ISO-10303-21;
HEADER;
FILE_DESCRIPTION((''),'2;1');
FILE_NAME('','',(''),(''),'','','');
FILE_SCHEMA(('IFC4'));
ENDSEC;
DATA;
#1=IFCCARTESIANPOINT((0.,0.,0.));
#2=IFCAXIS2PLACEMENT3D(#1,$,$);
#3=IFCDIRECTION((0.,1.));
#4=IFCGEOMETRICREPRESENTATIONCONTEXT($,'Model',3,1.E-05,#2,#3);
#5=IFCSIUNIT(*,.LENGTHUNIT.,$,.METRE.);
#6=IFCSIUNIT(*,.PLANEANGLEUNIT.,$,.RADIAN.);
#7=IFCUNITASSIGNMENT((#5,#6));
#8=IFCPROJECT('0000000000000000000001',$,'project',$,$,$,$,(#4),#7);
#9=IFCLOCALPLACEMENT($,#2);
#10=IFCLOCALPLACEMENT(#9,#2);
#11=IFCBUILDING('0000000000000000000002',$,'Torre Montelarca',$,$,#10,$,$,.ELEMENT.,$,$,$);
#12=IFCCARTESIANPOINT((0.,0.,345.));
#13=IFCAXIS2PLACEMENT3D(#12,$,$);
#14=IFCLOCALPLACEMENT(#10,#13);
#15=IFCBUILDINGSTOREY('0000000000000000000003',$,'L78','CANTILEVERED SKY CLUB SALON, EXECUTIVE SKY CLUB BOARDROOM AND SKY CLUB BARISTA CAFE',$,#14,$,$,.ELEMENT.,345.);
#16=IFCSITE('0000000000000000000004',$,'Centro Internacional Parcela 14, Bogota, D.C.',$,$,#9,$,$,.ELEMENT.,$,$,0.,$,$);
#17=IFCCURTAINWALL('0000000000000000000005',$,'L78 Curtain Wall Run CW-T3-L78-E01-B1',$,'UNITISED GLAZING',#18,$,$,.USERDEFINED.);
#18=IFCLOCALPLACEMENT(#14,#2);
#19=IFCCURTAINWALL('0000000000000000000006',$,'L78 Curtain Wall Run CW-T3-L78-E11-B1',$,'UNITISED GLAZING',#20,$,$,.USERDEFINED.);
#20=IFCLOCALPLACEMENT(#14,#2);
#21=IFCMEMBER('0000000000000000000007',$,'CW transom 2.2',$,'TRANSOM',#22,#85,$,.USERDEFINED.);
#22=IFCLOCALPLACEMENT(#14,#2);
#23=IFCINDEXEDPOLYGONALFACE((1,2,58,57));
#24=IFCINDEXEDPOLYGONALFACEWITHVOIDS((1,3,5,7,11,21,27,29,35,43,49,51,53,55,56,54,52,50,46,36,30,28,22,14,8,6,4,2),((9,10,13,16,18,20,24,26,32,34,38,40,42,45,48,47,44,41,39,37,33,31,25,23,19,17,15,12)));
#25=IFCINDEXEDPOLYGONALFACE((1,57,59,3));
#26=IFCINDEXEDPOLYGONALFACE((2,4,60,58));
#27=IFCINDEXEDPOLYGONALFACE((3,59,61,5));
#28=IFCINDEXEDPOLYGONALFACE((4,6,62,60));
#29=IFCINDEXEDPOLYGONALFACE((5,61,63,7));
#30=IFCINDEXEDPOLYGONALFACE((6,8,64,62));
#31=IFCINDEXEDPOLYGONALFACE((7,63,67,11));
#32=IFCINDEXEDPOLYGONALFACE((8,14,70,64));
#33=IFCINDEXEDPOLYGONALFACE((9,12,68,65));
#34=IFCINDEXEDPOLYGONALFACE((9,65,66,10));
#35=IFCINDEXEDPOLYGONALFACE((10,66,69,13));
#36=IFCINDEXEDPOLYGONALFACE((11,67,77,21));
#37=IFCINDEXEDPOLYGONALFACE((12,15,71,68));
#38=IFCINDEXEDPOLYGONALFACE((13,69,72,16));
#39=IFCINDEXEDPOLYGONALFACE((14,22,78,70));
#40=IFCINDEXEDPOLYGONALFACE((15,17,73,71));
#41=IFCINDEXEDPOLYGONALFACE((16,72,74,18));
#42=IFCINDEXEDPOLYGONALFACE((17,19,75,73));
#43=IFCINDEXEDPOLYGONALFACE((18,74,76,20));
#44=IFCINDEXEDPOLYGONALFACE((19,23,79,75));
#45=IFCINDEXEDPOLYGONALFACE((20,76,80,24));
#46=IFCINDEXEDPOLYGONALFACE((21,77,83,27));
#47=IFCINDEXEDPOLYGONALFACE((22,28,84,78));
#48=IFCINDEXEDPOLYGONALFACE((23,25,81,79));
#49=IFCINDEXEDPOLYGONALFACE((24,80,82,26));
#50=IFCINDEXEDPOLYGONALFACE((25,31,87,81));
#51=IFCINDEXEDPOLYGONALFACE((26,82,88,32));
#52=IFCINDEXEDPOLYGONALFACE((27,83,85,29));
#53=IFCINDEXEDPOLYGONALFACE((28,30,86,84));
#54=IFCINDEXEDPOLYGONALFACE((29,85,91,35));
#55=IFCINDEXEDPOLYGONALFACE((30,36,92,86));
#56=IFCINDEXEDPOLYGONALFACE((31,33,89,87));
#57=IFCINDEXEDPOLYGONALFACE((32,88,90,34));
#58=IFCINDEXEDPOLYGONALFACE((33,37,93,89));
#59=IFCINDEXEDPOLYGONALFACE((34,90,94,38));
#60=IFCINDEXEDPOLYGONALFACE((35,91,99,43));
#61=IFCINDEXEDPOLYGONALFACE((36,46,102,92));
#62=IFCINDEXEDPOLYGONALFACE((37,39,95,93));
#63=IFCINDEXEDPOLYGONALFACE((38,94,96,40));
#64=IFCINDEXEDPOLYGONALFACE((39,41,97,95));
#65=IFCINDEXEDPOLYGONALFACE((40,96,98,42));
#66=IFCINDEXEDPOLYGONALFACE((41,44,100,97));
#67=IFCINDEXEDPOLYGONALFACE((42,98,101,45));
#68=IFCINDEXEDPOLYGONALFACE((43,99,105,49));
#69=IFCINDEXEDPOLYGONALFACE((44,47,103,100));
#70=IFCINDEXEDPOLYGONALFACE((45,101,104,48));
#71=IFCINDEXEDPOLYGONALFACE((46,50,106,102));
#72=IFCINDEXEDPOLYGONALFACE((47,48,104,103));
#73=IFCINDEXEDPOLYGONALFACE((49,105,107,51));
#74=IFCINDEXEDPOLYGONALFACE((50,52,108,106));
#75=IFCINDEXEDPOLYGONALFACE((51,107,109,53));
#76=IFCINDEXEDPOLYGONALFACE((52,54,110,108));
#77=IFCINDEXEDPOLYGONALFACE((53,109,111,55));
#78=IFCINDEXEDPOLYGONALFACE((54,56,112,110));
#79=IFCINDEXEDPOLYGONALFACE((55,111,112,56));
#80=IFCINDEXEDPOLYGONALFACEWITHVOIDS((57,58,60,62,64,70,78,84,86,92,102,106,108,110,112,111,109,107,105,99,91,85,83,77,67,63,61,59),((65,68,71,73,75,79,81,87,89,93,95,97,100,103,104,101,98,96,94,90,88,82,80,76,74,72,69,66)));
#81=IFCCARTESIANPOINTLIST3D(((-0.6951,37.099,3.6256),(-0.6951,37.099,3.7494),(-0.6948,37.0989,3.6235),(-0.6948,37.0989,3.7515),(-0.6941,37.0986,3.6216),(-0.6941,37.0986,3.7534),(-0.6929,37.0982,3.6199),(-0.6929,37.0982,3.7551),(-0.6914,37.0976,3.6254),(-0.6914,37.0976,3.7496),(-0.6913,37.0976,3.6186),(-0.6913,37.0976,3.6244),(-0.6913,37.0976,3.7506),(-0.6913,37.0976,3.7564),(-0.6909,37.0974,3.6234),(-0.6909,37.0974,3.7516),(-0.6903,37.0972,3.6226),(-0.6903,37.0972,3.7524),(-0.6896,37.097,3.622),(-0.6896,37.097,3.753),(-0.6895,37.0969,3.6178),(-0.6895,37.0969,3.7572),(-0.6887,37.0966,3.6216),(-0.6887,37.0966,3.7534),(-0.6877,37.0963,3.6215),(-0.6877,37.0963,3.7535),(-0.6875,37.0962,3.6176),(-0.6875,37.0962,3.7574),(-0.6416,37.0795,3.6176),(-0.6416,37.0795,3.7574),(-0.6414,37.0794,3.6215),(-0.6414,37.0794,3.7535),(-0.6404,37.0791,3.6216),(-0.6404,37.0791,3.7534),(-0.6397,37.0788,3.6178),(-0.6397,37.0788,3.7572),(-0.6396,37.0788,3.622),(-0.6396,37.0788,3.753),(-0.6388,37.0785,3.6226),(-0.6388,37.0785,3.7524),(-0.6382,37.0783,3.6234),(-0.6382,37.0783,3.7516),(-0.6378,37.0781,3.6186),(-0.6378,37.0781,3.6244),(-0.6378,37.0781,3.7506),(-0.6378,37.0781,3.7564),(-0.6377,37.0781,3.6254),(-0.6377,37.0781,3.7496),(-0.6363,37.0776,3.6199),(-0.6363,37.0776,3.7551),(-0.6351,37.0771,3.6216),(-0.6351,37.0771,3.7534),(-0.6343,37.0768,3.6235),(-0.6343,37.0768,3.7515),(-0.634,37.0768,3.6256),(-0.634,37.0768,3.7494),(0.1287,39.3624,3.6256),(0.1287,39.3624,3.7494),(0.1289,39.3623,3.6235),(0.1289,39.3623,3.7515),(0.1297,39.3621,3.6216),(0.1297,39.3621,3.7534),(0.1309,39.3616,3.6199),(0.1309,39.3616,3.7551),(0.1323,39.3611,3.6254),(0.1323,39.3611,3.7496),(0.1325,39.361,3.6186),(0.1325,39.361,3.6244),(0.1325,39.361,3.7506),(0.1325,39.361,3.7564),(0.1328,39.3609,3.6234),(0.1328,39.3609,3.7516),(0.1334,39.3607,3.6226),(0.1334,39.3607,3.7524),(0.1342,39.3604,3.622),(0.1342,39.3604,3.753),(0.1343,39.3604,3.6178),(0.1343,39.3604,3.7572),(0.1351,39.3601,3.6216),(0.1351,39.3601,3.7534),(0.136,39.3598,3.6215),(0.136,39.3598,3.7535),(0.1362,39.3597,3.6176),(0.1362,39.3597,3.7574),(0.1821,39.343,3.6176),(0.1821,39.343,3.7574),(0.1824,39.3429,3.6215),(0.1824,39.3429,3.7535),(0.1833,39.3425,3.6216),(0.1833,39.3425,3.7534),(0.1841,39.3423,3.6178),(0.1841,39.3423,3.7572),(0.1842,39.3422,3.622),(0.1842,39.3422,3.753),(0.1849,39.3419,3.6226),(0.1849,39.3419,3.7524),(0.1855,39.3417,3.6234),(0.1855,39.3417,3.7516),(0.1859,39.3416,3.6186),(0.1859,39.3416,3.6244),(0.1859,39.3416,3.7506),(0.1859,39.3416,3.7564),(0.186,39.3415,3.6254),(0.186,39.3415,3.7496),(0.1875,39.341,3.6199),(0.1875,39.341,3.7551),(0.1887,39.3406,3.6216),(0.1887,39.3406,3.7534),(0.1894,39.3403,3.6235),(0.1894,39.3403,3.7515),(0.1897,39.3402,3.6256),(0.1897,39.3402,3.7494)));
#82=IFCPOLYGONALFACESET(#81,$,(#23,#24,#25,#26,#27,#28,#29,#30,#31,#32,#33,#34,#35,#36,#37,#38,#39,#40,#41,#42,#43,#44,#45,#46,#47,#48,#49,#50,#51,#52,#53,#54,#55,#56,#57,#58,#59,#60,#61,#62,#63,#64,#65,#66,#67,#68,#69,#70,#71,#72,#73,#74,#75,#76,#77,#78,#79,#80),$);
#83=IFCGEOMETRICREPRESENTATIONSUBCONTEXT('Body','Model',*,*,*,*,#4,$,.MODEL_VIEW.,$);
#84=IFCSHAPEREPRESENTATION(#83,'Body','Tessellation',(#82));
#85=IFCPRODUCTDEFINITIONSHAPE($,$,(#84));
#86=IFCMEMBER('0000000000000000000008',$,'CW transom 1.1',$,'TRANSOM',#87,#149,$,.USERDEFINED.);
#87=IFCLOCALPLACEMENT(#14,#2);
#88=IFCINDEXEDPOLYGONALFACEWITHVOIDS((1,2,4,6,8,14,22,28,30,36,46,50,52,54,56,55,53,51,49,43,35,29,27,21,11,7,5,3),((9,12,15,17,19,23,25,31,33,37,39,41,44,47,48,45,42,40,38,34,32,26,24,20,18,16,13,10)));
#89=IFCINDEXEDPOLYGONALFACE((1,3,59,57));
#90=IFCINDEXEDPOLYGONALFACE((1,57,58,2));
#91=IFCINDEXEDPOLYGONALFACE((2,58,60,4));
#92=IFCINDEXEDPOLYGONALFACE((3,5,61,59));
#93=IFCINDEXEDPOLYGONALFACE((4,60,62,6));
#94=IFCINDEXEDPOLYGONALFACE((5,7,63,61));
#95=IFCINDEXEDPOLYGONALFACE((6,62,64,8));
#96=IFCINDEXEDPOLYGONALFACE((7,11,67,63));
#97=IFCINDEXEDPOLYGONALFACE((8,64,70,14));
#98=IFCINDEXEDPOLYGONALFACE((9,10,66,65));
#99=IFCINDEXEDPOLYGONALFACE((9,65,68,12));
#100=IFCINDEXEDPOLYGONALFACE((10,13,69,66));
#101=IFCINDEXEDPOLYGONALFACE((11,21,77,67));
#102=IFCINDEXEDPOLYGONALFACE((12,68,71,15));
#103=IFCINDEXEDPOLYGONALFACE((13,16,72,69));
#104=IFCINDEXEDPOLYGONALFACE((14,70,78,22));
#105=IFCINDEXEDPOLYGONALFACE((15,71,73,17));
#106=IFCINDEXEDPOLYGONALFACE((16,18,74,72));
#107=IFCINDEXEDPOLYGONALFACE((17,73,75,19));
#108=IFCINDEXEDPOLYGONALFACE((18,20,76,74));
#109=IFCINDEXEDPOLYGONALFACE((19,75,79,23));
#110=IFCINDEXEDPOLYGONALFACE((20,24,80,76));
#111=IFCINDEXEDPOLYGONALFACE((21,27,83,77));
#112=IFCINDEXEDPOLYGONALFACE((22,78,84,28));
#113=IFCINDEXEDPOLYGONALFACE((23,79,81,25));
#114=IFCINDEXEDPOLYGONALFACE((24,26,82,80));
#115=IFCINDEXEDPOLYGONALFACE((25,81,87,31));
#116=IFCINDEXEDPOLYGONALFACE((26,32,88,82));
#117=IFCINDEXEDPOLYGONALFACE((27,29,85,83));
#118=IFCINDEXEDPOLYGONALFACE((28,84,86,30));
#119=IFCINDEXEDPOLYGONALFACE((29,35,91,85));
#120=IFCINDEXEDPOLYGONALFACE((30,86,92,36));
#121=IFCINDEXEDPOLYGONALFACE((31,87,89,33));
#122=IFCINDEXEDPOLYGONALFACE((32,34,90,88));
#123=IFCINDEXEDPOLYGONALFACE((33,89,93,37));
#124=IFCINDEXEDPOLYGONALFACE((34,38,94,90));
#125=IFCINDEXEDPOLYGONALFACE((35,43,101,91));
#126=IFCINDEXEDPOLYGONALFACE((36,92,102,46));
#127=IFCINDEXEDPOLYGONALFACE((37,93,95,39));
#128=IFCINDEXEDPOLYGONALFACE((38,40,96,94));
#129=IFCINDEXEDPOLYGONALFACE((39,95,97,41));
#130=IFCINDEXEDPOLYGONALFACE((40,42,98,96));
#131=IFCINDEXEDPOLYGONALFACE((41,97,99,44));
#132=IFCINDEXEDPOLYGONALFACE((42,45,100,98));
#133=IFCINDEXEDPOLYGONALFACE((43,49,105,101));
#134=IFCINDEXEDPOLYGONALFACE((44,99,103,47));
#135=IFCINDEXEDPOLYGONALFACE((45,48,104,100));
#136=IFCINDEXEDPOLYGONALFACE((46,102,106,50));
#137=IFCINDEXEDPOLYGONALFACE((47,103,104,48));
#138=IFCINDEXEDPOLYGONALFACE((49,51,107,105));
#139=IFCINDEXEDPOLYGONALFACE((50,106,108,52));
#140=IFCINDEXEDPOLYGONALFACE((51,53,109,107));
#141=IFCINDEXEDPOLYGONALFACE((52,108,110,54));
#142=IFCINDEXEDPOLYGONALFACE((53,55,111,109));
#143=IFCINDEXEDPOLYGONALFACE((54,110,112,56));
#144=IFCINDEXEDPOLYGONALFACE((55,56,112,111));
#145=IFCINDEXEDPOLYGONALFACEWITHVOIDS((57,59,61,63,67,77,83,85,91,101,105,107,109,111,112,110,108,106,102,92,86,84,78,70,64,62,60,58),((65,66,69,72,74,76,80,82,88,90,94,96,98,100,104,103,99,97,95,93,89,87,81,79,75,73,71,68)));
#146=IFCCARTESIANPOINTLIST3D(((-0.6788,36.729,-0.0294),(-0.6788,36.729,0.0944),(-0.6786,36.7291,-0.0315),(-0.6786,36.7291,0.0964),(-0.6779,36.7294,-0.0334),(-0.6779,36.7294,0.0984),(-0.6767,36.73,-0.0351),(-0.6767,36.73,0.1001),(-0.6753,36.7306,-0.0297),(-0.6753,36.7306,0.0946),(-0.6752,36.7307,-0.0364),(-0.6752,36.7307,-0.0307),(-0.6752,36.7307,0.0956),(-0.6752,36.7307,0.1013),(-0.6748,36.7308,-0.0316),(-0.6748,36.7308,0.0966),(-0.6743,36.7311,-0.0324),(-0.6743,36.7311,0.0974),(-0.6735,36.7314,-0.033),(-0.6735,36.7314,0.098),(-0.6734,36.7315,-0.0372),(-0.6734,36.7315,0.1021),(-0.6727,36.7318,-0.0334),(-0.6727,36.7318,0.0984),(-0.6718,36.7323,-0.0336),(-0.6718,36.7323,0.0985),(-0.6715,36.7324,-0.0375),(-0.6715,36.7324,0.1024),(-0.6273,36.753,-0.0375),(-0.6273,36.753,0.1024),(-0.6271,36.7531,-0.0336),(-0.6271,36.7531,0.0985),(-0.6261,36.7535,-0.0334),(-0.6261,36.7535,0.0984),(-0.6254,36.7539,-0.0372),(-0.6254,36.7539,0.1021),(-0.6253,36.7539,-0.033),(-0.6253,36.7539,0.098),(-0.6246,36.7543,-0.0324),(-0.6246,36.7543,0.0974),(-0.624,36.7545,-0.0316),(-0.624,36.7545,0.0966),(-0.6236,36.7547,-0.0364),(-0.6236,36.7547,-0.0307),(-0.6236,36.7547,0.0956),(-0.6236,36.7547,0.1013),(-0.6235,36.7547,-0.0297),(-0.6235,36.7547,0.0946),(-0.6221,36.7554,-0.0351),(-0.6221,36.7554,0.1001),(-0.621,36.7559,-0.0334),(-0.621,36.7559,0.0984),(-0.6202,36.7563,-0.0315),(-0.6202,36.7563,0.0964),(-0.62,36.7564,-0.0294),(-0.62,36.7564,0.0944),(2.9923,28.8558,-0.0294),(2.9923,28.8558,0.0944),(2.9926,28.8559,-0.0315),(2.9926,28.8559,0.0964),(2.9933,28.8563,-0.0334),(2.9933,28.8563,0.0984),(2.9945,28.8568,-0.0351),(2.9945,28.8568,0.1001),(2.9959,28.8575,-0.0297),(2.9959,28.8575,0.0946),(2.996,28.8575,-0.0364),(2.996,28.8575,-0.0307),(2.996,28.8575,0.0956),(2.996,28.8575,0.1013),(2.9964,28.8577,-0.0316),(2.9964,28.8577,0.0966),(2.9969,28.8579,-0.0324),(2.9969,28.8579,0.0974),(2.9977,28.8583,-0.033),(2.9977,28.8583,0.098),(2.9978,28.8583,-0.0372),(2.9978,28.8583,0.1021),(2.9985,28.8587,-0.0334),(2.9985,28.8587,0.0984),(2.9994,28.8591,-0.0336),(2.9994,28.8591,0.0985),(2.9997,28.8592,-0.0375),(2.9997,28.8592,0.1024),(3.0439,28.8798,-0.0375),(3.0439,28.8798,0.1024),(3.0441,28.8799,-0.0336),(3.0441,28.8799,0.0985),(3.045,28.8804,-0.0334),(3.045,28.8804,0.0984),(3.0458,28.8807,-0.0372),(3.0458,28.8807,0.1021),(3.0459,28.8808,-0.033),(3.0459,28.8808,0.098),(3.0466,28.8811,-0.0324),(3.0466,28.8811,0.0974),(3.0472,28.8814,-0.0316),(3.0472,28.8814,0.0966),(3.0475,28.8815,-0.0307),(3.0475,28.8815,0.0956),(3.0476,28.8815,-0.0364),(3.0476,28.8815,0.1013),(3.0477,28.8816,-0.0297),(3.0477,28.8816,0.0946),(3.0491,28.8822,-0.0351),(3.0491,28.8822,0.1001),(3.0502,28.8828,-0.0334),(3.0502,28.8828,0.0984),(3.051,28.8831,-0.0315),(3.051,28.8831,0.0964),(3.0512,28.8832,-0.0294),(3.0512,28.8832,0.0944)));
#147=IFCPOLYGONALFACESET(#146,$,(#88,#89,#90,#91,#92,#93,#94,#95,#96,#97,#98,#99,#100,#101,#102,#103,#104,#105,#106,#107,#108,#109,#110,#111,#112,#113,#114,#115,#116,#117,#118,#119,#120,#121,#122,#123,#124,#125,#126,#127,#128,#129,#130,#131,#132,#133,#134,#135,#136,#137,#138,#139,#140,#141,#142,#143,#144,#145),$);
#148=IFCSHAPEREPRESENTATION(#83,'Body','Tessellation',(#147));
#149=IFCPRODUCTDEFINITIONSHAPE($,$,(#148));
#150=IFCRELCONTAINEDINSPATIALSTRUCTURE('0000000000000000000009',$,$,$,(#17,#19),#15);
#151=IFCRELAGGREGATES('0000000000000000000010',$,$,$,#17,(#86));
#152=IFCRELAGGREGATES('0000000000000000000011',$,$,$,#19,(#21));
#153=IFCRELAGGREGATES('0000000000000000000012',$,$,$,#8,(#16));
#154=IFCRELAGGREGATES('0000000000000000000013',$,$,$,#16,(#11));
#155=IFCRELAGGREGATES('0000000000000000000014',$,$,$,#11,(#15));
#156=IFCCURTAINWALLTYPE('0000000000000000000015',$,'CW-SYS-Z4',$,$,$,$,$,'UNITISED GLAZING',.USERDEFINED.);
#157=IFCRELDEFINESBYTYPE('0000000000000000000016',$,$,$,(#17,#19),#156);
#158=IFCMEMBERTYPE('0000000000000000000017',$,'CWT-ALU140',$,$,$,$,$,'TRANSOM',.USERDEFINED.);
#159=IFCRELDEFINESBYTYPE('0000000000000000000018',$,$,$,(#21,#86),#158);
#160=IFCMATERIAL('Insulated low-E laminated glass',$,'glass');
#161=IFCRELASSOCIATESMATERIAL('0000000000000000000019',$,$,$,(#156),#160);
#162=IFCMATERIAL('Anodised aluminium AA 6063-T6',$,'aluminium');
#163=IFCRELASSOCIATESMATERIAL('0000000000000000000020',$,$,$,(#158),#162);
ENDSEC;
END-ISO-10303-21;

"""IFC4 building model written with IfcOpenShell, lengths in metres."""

from ifc_helpers import new_model, si_unit, direction, frame, origin, origin_2d, place, context, subcontext, project, spatial, hollow_rectangle, extrude, source, transform, mapped, material, material_profile, profile_set, type_object, element, aggregate, save


model = new_model("IFC4")

# Units and contexts
model_context = context("Model", 3, precision=1e-05, world=origin(), true_north=direction((0.0, 1.0)))
body_context = subcontext(model_context, "Body", "Model", "MODEL_VIEW")
ifc_project = project(units=[si_unit("LENGTHUNIT", "METRE"), si_unit("PLANEANGLEUNIT", "RADIAN")], contexts=[model_context])

# Site, building, storey
site_placement = place(None, origin())
site = spatial("IfcSite", under=ifc_project, at=site_placement, Name="Centro Internacional Parcela 14, Bogota, D.C.", CompositionType="ELEMENT", RefElevation=0.0)
building_placement = place(site_placement, origin())
building = spatial("IfcBuilding", under=site, at=building_placement, Name="Torre Montelarca", CompositionType="ELEMENT")
storey_placement = place(building_placement, frame((0.0, 0.0, 345.0)))
storey = spatial("IfcBuildingStorey", under=building, at=storey_placement, Name="L78", Description="CANTILEVERED SKY CLUB SALON, EXECUTIVE SKY CLUB BOARDROOM AND SKY CLUB BARISTA CAFE", CompositionType="ELEMENT", Elevation=345.0)

# Curtain wall
ifc_material_1 = material(Name="Insulated low-E laminated glass", Category="glass")
curtain_wall_type = type_object("IfcCurtainWallType", Name="CW-SYS-Z4", ElementType="UNITISED GLAZING", PredefinedType="USERDEFINED", material=ifc_material_1)
curtain_wall_1_placement = place(storey_placement, origin())
curtain_wall_1 = element("IfcCurtainWall", 1, at=curtain_wall_1_placement, inside=storey, type_object=curtain_wall_type, Name="L78 Curtain Wall Run CW-T3-L78-E01-B1", ObjectType="UNITISED GLAZING", PredefinedType="USERDEFINED")
ifc_material_2 = material(Name="Anodised aluminium AA 6063-T6", Category="aluminium")

# Curtain wall, member
curtain_wall_2_placement = place(storey_placement, origin())
curtain_wall_2 = element("IfcCurtainWall", 2, at=curtain_wall_2_placement, inside=storey, type_object=curtain_wall_type, Name="L78 Curtain Wall Run CW-T3-L78-E11-B1", ObjectType="UNITISED GLAZING", PredefinedType="USERDEFINED")
ifc_material_profile_1 = material_profile(ifc_material_2, hollow_rectangle(XDim=0.0649, YDim=0.1399, WallThickness=0.0039, InnerFilletRadius=0.0039, OuterFilletRadius=0.0081, at=origin_2d()), Name="ALU65X140X4", Category="aluminium")
ifc_profile_set_1 = profile_set([ifc_material_profile_1], Name="Anodised aluminium AA 6063-T6")
member_type_1 = type_object("IfcMemberType", Name="CWT-ALU140", ElementType="TRANSOM", PredefinedType="USERDEFINED", material=ifc_profile_set_1)
shared_shape_1 = source(origin(), body_context, "Body", "SweptSolid", [
    extrude(hollow_rectangle(XDim=0.0649, YDim=0.1399, WallThickness=0.0039, InnerFilletRadius=0.0039, OuterFilletRadius=0.0081, at=origin_2d()), origin(), (0.0, 0.0, 1.0), 2.4087),
])
member_1_placement = place(storey_placement, frame((0.1592, 39.3513, 3.6875), z_axis=(-0.341987, -0.939705, 0.0), x_axis=(0.939705, -0.341987, 0.0)))
member_1 = element("IfcMember", 3, at=member_1_placement, type_object=member_type_1, Name="CW transom 2.2", ObjectType="TRANSOM", PredefinedType="USERDEFINED", context=body_context, shape_type="MappedRepresentation", body=[
    mapped(shared_shape_1, transform((0.0, 0.0, 0.0), scale=1.0)),
])

# Member
shared_shape_2 = source(origin(), body_context, "Body", "SweptSolid", [
    extrude(hollow_rectangle(XDim=0.0649, YDim=0.1399, WallThickness=0.0039, InnerFilletRadius=0.0039, OuterFilletRadius=0.0081, at=origin_2d()), origin(), (0.0, 0.0, 1.0), 8.687),
])
member_2_placement = place(storey_placement, frame((-0.6494, 36.7427, 0.0325), z_axis=(0.422607, -0.906313, 0.0), x_axis=(0.906313, 0.422607, 0.0)))
member_2 = element("IfcMember", 4, at=member_2_placement, type_object=member_type_1, Name="CW transom 1.1", ObjectType="TRANSOM", PredefinedType="USERDEFINED", context=body_context, shape_type="MappedRepresentation", body=[
    mapped(shared_shape_2, transform((0.0, 0.0, 0.0), scale=1.0)),
])
aggregate(curtain_wall_1, [member_2])

aggregate(curtain_wall_2, [member_1])

save(model, "model.ifc")
